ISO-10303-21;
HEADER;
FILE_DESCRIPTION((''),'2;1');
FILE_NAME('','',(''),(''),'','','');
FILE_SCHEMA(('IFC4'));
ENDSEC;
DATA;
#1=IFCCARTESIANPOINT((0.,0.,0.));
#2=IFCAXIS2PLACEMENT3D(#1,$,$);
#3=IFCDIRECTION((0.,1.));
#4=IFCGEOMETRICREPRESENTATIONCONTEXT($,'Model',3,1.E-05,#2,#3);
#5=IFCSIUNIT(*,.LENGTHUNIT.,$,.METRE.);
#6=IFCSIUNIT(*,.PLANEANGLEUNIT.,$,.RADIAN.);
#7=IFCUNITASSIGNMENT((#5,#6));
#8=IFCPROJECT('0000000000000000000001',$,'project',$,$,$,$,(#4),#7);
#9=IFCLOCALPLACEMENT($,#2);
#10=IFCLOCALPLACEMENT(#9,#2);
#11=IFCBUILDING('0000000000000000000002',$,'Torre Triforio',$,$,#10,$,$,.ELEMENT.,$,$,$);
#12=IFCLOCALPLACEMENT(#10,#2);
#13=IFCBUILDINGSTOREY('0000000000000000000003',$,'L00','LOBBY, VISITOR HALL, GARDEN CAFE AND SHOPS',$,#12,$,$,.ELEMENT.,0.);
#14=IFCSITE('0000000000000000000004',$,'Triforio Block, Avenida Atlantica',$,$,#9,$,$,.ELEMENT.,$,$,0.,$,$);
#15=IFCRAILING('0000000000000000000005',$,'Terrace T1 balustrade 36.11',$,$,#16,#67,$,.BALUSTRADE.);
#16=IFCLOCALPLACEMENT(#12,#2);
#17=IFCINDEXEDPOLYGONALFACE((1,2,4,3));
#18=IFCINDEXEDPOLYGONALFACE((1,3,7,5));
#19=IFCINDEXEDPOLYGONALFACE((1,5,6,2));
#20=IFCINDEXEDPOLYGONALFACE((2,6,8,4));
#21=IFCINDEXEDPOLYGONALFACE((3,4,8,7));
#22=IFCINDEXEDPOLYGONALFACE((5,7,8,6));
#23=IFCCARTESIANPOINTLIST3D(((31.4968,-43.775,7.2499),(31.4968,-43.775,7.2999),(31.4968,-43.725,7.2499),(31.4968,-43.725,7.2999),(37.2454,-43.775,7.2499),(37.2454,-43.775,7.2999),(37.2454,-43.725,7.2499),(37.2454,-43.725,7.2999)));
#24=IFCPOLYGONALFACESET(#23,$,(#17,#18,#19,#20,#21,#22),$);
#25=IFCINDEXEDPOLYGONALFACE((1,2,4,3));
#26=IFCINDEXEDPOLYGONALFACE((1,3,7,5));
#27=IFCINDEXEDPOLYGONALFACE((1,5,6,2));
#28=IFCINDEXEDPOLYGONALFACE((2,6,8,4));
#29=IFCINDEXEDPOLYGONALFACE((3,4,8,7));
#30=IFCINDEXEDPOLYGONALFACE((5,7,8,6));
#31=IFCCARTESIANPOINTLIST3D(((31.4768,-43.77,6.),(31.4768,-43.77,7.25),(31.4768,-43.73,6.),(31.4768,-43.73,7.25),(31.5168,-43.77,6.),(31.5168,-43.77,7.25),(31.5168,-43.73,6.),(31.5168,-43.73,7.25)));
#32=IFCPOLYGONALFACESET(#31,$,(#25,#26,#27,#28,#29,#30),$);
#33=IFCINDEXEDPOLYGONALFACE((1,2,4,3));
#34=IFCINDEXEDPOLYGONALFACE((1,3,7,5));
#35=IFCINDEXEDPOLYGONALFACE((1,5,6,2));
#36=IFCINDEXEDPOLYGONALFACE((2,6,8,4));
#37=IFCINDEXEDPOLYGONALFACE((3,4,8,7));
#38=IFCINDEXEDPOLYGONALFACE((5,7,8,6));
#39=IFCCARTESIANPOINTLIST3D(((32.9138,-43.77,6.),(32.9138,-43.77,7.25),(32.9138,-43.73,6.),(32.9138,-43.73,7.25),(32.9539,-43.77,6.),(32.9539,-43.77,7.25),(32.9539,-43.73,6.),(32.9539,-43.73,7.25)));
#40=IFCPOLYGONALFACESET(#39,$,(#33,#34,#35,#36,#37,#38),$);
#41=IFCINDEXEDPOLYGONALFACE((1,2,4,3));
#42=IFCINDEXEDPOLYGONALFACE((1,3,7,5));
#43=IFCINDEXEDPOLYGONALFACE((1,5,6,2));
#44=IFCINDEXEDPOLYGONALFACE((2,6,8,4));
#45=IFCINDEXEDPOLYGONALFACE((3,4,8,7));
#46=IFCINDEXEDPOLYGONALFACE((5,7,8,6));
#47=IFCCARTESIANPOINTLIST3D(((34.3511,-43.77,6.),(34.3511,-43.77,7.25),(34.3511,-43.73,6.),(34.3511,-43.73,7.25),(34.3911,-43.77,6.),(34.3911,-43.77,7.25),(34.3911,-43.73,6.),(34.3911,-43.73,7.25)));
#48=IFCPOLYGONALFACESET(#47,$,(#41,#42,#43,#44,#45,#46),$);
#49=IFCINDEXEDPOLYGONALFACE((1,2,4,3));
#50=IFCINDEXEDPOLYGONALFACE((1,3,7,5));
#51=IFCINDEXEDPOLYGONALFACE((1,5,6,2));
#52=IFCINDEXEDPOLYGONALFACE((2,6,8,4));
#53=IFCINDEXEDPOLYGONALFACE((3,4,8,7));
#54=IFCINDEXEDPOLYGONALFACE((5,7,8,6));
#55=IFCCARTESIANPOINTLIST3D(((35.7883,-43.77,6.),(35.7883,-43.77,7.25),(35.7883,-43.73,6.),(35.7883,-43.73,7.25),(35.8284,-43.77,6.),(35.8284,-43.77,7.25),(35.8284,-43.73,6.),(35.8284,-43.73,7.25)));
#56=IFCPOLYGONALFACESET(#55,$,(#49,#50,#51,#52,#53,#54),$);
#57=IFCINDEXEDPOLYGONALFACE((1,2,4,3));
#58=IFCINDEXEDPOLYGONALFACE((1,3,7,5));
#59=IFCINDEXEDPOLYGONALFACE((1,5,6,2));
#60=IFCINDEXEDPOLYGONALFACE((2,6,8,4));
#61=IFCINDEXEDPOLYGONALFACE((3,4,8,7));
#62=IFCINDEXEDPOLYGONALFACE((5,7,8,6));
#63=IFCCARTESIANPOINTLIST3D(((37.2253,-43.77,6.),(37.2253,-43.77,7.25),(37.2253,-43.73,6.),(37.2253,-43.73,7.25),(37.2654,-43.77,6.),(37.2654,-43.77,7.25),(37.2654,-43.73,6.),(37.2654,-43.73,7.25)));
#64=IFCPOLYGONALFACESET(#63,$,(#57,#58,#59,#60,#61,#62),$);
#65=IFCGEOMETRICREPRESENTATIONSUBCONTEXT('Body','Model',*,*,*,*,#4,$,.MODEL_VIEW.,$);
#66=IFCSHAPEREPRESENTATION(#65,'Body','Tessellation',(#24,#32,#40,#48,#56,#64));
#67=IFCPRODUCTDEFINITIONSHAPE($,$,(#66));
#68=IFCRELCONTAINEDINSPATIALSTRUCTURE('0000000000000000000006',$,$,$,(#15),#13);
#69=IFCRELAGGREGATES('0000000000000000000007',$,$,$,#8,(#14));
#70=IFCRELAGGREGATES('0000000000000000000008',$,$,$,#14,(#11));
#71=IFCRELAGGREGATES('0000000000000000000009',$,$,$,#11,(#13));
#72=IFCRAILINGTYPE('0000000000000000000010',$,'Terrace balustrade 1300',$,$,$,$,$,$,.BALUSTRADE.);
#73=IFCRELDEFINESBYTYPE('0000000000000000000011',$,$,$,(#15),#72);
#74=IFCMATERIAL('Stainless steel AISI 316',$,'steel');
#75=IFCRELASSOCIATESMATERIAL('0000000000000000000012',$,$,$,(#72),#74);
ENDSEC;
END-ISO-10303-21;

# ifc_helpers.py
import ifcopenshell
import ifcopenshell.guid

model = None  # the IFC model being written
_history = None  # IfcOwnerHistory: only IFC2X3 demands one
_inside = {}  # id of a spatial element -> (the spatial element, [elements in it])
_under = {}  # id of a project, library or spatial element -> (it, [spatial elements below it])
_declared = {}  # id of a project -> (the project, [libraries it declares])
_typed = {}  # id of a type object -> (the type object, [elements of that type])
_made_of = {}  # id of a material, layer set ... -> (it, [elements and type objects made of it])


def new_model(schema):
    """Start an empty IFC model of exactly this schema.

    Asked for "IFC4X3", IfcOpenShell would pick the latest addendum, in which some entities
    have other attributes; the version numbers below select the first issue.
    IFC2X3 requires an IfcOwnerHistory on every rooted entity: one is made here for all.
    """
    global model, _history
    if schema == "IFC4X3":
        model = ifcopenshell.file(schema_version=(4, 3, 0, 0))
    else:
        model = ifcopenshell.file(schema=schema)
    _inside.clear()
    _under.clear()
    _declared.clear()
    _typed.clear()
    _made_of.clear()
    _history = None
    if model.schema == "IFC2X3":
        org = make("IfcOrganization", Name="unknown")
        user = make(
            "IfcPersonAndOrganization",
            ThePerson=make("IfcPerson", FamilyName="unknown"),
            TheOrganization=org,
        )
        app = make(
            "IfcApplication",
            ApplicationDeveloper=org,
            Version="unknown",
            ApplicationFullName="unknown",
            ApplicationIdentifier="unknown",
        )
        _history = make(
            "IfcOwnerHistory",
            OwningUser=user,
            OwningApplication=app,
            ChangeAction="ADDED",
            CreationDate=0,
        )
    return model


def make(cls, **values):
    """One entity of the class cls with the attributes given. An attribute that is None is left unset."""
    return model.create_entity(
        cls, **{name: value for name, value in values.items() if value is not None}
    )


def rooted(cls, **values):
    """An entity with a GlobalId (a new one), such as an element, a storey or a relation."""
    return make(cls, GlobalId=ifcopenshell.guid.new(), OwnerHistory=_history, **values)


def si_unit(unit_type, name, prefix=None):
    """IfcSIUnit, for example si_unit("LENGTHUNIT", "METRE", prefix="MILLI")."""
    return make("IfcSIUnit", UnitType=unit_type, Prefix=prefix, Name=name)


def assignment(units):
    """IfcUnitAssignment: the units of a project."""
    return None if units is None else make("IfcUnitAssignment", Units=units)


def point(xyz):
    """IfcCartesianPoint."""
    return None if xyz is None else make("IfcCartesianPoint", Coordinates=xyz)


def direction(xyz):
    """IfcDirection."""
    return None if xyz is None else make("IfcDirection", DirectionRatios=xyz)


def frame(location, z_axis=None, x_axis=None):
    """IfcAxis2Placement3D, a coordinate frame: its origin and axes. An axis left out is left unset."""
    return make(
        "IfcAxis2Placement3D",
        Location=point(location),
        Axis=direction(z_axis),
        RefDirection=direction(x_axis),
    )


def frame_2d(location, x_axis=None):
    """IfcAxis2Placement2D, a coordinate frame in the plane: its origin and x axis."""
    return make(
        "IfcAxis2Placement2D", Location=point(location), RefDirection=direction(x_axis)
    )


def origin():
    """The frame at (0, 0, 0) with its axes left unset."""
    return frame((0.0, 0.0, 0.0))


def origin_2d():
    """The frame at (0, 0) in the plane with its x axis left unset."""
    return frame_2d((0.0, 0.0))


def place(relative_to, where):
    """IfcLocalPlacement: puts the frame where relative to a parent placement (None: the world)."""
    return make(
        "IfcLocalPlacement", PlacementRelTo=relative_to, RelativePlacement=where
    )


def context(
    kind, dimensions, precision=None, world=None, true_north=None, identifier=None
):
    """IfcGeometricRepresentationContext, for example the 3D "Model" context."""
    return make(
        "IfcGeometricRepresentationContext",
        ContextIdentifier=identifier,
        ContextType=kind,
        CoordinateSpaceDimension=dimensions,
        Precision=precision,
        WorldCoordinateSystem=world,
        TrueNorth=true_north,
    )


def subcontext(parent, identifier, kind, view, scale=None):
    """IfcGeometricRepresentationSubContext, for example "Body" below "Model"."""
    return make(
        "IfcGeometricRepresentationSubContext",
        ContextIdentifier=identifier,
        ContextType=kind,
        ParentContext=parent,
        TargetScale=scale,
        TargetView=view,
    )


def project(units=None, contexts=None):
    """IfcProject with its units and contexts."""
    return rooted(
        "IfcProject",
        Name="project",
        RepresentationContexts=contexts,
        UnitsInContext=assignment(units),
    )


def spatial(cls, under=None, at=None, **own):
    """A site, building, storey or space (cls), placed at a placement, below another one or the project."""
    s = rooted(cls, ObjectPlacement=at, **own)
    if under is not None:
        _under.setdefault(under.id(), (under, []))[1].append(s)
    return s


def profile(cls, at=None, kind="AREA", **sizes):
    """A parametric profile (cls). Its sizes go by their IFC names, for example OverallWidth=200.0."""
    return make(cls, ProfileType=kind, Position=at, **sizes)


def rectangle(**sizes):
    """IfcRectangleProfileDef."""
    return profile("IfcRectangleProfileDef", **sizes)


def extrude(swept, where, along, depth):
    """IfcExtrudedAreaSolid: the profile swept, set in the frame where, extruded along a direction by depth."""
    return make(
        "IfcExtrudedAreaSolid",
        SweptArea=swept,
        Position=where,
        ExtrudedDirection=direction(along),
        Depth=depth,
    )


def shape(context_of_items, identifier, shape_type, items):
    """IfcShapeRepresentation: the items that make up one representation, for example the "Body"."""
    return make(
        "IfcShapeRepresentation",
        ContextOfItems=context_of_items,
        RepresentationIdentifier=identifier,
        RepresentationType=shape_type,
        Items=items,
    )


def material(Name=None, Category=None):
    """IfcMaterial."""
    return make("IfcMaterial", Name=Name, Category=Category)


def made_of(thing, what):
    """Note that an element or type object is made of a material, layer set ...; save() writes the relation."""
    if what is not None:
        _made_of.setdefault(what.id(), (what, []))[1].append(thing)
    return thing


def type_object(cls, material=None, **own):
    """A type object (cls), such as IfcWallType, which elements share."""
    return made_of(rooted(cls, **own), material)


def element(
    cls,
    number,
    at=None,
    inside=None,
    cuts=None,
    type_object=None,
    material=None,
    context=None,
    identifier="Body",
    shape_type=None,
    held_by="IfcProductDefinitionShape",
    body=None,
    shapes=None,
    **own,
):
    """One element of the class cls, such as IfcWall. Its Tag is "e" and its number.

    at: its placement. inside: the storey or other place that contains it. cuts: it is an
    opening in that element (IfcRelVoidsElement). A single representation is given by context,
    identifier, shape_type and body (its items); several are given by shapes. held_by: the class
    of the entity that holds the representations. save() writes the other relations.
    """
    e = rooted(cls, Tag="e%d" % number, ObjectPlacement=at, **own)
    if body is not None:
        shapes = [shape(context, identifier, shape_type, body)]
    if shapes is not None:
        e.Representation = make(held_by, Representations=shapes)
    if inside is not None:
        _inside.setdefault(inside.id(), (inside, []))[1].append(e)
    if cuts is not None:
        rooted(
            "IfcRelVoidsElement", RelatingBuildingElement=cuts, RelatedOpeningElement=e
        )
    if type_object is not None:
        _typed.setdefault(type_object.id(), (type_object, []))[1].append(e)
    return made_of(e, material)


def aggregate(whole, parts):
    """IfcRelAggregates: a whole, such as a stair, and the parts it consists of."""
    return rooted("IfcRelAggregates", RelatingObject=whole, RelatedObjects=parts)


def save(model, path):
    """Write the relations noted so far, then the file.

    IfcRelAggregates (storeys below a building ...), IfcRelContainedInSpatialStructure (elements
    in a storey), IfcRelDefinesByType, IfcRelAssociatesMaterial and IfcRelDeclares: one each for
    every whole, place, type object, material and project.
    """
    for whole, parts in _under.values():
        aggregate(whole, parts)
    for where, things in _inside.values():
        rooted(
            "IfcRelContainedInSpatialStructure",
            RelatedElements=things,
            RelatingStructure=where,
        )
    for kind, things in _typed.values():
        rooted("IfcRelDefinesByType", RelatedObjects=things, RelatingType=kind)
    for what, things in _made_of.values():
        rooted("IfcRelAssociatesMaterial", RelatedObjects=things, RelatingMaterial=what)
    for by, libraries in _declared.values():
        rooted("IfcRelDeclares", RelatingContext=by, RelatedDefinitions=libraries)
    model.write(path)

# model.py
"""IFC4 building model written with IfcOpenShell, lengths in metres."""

from ifc_helpers import new_model, si_unit, direction, frame, origin, origin_2d, place, context, subcontext, project, spatial, rectangle, extrude, material, type_object, element, save


model = new_model("IFC4")

# Units and contexts
model_context = context("Model", 3, precision=1e-05, world=origin(), true_north=direction((0.0, 1.0)))
body_context = subcontext(model_context, "Body", "Model", "MODEL_VIEW")
ifc_project = project(units=[si_unit("LENGTHUNIT", "METRE"), si_unit("PLANEANGLEUNIT", "RADIAN")], contexts=[model_context])

# Site, building, storey
site_placement = place(None, origin())
site = spatial("IfcSite", under=ifc_project, at=site_placement, Name="Triforio Block, Avenida Atlantica", CompositionType="ELEMENT", RefElevation=0.0)
building_placement = place(site_placement, origin())
building = spatial("IfcBuilding", under=site, at=building_placement, Name="Torre Triforio", CompositionType="ELEMENT")
storey_placement = place(building_placement, origin())
storey = spatial("IfcBuildingStorey", under=building, at=storey_placement, Name="L00", Description="LOBBY, VISITOR HALL, GARDEN CAFE AND SHOPS", CompositionType="ELEMENT", Elevation=0.0)

# Railing
ifc_material_1 = material(Name="Stainless steel AISI 316", Category="steel")
railing_type = type_object("IfcRailingType", Name="Terrace balustrade 1300", PredefinedType="BALUSTRADE", material=ifc_material_1)
railing_1_placement = place(storey_placement, frame((31.4968, -43.75, 6.0)))
element("IfcRailing", 1, at=railing_1_placement, inside=storey, type_object=railing_type, Name="Terrace T1 balustrade 36.11", PredefinedType="BALUSTRADE", context=body_context, shape_type="SweptSolid", body=[
    extrude(rectangle(XDim=0.05, YDim=0.05, at=origin_2d()), frame((0.0, 0.0, 1.2749), z_axis=(1.0, 0.0, 0.0), x_axis=(0.0, 1.0, 0.0)), (0.0, 0.0, 1.0), 5.7485),
    extrude(rectangle(XDim=0.04, YDim=0.04, at=origin_2d()), origin(), (0.0, 0.0, 1.0), 1.25),
    extrude(rectangle(XDim=0.04, YDim=0.04, at=origin_2d()), frame((1.437, 0.0, 0.0)), (0.0, 0.0, 1.0), 1.25),
    extrude(rectangle(XDim=0.04, YDim=0.04, at=origin_2d()), frame((2.8743, 0.0, 0.0)), (0.0, 0.0, 1.0), 1.25),
    extrude(rectangle(XDim=0.04, YDim=0.04, at=origin_2d()), frame((4.3115, 0.0, 0.0)), (0.0, 0.0, 1.0), 1.25),
    extrude(rectangle(XDim=0.04, YDim=0.04, at=origin_2d()), frame((5.7485, 0.0, 0.0)), (0.0, 0.0, 1.0), 1.25),
])

save(model, "model.ifc")
